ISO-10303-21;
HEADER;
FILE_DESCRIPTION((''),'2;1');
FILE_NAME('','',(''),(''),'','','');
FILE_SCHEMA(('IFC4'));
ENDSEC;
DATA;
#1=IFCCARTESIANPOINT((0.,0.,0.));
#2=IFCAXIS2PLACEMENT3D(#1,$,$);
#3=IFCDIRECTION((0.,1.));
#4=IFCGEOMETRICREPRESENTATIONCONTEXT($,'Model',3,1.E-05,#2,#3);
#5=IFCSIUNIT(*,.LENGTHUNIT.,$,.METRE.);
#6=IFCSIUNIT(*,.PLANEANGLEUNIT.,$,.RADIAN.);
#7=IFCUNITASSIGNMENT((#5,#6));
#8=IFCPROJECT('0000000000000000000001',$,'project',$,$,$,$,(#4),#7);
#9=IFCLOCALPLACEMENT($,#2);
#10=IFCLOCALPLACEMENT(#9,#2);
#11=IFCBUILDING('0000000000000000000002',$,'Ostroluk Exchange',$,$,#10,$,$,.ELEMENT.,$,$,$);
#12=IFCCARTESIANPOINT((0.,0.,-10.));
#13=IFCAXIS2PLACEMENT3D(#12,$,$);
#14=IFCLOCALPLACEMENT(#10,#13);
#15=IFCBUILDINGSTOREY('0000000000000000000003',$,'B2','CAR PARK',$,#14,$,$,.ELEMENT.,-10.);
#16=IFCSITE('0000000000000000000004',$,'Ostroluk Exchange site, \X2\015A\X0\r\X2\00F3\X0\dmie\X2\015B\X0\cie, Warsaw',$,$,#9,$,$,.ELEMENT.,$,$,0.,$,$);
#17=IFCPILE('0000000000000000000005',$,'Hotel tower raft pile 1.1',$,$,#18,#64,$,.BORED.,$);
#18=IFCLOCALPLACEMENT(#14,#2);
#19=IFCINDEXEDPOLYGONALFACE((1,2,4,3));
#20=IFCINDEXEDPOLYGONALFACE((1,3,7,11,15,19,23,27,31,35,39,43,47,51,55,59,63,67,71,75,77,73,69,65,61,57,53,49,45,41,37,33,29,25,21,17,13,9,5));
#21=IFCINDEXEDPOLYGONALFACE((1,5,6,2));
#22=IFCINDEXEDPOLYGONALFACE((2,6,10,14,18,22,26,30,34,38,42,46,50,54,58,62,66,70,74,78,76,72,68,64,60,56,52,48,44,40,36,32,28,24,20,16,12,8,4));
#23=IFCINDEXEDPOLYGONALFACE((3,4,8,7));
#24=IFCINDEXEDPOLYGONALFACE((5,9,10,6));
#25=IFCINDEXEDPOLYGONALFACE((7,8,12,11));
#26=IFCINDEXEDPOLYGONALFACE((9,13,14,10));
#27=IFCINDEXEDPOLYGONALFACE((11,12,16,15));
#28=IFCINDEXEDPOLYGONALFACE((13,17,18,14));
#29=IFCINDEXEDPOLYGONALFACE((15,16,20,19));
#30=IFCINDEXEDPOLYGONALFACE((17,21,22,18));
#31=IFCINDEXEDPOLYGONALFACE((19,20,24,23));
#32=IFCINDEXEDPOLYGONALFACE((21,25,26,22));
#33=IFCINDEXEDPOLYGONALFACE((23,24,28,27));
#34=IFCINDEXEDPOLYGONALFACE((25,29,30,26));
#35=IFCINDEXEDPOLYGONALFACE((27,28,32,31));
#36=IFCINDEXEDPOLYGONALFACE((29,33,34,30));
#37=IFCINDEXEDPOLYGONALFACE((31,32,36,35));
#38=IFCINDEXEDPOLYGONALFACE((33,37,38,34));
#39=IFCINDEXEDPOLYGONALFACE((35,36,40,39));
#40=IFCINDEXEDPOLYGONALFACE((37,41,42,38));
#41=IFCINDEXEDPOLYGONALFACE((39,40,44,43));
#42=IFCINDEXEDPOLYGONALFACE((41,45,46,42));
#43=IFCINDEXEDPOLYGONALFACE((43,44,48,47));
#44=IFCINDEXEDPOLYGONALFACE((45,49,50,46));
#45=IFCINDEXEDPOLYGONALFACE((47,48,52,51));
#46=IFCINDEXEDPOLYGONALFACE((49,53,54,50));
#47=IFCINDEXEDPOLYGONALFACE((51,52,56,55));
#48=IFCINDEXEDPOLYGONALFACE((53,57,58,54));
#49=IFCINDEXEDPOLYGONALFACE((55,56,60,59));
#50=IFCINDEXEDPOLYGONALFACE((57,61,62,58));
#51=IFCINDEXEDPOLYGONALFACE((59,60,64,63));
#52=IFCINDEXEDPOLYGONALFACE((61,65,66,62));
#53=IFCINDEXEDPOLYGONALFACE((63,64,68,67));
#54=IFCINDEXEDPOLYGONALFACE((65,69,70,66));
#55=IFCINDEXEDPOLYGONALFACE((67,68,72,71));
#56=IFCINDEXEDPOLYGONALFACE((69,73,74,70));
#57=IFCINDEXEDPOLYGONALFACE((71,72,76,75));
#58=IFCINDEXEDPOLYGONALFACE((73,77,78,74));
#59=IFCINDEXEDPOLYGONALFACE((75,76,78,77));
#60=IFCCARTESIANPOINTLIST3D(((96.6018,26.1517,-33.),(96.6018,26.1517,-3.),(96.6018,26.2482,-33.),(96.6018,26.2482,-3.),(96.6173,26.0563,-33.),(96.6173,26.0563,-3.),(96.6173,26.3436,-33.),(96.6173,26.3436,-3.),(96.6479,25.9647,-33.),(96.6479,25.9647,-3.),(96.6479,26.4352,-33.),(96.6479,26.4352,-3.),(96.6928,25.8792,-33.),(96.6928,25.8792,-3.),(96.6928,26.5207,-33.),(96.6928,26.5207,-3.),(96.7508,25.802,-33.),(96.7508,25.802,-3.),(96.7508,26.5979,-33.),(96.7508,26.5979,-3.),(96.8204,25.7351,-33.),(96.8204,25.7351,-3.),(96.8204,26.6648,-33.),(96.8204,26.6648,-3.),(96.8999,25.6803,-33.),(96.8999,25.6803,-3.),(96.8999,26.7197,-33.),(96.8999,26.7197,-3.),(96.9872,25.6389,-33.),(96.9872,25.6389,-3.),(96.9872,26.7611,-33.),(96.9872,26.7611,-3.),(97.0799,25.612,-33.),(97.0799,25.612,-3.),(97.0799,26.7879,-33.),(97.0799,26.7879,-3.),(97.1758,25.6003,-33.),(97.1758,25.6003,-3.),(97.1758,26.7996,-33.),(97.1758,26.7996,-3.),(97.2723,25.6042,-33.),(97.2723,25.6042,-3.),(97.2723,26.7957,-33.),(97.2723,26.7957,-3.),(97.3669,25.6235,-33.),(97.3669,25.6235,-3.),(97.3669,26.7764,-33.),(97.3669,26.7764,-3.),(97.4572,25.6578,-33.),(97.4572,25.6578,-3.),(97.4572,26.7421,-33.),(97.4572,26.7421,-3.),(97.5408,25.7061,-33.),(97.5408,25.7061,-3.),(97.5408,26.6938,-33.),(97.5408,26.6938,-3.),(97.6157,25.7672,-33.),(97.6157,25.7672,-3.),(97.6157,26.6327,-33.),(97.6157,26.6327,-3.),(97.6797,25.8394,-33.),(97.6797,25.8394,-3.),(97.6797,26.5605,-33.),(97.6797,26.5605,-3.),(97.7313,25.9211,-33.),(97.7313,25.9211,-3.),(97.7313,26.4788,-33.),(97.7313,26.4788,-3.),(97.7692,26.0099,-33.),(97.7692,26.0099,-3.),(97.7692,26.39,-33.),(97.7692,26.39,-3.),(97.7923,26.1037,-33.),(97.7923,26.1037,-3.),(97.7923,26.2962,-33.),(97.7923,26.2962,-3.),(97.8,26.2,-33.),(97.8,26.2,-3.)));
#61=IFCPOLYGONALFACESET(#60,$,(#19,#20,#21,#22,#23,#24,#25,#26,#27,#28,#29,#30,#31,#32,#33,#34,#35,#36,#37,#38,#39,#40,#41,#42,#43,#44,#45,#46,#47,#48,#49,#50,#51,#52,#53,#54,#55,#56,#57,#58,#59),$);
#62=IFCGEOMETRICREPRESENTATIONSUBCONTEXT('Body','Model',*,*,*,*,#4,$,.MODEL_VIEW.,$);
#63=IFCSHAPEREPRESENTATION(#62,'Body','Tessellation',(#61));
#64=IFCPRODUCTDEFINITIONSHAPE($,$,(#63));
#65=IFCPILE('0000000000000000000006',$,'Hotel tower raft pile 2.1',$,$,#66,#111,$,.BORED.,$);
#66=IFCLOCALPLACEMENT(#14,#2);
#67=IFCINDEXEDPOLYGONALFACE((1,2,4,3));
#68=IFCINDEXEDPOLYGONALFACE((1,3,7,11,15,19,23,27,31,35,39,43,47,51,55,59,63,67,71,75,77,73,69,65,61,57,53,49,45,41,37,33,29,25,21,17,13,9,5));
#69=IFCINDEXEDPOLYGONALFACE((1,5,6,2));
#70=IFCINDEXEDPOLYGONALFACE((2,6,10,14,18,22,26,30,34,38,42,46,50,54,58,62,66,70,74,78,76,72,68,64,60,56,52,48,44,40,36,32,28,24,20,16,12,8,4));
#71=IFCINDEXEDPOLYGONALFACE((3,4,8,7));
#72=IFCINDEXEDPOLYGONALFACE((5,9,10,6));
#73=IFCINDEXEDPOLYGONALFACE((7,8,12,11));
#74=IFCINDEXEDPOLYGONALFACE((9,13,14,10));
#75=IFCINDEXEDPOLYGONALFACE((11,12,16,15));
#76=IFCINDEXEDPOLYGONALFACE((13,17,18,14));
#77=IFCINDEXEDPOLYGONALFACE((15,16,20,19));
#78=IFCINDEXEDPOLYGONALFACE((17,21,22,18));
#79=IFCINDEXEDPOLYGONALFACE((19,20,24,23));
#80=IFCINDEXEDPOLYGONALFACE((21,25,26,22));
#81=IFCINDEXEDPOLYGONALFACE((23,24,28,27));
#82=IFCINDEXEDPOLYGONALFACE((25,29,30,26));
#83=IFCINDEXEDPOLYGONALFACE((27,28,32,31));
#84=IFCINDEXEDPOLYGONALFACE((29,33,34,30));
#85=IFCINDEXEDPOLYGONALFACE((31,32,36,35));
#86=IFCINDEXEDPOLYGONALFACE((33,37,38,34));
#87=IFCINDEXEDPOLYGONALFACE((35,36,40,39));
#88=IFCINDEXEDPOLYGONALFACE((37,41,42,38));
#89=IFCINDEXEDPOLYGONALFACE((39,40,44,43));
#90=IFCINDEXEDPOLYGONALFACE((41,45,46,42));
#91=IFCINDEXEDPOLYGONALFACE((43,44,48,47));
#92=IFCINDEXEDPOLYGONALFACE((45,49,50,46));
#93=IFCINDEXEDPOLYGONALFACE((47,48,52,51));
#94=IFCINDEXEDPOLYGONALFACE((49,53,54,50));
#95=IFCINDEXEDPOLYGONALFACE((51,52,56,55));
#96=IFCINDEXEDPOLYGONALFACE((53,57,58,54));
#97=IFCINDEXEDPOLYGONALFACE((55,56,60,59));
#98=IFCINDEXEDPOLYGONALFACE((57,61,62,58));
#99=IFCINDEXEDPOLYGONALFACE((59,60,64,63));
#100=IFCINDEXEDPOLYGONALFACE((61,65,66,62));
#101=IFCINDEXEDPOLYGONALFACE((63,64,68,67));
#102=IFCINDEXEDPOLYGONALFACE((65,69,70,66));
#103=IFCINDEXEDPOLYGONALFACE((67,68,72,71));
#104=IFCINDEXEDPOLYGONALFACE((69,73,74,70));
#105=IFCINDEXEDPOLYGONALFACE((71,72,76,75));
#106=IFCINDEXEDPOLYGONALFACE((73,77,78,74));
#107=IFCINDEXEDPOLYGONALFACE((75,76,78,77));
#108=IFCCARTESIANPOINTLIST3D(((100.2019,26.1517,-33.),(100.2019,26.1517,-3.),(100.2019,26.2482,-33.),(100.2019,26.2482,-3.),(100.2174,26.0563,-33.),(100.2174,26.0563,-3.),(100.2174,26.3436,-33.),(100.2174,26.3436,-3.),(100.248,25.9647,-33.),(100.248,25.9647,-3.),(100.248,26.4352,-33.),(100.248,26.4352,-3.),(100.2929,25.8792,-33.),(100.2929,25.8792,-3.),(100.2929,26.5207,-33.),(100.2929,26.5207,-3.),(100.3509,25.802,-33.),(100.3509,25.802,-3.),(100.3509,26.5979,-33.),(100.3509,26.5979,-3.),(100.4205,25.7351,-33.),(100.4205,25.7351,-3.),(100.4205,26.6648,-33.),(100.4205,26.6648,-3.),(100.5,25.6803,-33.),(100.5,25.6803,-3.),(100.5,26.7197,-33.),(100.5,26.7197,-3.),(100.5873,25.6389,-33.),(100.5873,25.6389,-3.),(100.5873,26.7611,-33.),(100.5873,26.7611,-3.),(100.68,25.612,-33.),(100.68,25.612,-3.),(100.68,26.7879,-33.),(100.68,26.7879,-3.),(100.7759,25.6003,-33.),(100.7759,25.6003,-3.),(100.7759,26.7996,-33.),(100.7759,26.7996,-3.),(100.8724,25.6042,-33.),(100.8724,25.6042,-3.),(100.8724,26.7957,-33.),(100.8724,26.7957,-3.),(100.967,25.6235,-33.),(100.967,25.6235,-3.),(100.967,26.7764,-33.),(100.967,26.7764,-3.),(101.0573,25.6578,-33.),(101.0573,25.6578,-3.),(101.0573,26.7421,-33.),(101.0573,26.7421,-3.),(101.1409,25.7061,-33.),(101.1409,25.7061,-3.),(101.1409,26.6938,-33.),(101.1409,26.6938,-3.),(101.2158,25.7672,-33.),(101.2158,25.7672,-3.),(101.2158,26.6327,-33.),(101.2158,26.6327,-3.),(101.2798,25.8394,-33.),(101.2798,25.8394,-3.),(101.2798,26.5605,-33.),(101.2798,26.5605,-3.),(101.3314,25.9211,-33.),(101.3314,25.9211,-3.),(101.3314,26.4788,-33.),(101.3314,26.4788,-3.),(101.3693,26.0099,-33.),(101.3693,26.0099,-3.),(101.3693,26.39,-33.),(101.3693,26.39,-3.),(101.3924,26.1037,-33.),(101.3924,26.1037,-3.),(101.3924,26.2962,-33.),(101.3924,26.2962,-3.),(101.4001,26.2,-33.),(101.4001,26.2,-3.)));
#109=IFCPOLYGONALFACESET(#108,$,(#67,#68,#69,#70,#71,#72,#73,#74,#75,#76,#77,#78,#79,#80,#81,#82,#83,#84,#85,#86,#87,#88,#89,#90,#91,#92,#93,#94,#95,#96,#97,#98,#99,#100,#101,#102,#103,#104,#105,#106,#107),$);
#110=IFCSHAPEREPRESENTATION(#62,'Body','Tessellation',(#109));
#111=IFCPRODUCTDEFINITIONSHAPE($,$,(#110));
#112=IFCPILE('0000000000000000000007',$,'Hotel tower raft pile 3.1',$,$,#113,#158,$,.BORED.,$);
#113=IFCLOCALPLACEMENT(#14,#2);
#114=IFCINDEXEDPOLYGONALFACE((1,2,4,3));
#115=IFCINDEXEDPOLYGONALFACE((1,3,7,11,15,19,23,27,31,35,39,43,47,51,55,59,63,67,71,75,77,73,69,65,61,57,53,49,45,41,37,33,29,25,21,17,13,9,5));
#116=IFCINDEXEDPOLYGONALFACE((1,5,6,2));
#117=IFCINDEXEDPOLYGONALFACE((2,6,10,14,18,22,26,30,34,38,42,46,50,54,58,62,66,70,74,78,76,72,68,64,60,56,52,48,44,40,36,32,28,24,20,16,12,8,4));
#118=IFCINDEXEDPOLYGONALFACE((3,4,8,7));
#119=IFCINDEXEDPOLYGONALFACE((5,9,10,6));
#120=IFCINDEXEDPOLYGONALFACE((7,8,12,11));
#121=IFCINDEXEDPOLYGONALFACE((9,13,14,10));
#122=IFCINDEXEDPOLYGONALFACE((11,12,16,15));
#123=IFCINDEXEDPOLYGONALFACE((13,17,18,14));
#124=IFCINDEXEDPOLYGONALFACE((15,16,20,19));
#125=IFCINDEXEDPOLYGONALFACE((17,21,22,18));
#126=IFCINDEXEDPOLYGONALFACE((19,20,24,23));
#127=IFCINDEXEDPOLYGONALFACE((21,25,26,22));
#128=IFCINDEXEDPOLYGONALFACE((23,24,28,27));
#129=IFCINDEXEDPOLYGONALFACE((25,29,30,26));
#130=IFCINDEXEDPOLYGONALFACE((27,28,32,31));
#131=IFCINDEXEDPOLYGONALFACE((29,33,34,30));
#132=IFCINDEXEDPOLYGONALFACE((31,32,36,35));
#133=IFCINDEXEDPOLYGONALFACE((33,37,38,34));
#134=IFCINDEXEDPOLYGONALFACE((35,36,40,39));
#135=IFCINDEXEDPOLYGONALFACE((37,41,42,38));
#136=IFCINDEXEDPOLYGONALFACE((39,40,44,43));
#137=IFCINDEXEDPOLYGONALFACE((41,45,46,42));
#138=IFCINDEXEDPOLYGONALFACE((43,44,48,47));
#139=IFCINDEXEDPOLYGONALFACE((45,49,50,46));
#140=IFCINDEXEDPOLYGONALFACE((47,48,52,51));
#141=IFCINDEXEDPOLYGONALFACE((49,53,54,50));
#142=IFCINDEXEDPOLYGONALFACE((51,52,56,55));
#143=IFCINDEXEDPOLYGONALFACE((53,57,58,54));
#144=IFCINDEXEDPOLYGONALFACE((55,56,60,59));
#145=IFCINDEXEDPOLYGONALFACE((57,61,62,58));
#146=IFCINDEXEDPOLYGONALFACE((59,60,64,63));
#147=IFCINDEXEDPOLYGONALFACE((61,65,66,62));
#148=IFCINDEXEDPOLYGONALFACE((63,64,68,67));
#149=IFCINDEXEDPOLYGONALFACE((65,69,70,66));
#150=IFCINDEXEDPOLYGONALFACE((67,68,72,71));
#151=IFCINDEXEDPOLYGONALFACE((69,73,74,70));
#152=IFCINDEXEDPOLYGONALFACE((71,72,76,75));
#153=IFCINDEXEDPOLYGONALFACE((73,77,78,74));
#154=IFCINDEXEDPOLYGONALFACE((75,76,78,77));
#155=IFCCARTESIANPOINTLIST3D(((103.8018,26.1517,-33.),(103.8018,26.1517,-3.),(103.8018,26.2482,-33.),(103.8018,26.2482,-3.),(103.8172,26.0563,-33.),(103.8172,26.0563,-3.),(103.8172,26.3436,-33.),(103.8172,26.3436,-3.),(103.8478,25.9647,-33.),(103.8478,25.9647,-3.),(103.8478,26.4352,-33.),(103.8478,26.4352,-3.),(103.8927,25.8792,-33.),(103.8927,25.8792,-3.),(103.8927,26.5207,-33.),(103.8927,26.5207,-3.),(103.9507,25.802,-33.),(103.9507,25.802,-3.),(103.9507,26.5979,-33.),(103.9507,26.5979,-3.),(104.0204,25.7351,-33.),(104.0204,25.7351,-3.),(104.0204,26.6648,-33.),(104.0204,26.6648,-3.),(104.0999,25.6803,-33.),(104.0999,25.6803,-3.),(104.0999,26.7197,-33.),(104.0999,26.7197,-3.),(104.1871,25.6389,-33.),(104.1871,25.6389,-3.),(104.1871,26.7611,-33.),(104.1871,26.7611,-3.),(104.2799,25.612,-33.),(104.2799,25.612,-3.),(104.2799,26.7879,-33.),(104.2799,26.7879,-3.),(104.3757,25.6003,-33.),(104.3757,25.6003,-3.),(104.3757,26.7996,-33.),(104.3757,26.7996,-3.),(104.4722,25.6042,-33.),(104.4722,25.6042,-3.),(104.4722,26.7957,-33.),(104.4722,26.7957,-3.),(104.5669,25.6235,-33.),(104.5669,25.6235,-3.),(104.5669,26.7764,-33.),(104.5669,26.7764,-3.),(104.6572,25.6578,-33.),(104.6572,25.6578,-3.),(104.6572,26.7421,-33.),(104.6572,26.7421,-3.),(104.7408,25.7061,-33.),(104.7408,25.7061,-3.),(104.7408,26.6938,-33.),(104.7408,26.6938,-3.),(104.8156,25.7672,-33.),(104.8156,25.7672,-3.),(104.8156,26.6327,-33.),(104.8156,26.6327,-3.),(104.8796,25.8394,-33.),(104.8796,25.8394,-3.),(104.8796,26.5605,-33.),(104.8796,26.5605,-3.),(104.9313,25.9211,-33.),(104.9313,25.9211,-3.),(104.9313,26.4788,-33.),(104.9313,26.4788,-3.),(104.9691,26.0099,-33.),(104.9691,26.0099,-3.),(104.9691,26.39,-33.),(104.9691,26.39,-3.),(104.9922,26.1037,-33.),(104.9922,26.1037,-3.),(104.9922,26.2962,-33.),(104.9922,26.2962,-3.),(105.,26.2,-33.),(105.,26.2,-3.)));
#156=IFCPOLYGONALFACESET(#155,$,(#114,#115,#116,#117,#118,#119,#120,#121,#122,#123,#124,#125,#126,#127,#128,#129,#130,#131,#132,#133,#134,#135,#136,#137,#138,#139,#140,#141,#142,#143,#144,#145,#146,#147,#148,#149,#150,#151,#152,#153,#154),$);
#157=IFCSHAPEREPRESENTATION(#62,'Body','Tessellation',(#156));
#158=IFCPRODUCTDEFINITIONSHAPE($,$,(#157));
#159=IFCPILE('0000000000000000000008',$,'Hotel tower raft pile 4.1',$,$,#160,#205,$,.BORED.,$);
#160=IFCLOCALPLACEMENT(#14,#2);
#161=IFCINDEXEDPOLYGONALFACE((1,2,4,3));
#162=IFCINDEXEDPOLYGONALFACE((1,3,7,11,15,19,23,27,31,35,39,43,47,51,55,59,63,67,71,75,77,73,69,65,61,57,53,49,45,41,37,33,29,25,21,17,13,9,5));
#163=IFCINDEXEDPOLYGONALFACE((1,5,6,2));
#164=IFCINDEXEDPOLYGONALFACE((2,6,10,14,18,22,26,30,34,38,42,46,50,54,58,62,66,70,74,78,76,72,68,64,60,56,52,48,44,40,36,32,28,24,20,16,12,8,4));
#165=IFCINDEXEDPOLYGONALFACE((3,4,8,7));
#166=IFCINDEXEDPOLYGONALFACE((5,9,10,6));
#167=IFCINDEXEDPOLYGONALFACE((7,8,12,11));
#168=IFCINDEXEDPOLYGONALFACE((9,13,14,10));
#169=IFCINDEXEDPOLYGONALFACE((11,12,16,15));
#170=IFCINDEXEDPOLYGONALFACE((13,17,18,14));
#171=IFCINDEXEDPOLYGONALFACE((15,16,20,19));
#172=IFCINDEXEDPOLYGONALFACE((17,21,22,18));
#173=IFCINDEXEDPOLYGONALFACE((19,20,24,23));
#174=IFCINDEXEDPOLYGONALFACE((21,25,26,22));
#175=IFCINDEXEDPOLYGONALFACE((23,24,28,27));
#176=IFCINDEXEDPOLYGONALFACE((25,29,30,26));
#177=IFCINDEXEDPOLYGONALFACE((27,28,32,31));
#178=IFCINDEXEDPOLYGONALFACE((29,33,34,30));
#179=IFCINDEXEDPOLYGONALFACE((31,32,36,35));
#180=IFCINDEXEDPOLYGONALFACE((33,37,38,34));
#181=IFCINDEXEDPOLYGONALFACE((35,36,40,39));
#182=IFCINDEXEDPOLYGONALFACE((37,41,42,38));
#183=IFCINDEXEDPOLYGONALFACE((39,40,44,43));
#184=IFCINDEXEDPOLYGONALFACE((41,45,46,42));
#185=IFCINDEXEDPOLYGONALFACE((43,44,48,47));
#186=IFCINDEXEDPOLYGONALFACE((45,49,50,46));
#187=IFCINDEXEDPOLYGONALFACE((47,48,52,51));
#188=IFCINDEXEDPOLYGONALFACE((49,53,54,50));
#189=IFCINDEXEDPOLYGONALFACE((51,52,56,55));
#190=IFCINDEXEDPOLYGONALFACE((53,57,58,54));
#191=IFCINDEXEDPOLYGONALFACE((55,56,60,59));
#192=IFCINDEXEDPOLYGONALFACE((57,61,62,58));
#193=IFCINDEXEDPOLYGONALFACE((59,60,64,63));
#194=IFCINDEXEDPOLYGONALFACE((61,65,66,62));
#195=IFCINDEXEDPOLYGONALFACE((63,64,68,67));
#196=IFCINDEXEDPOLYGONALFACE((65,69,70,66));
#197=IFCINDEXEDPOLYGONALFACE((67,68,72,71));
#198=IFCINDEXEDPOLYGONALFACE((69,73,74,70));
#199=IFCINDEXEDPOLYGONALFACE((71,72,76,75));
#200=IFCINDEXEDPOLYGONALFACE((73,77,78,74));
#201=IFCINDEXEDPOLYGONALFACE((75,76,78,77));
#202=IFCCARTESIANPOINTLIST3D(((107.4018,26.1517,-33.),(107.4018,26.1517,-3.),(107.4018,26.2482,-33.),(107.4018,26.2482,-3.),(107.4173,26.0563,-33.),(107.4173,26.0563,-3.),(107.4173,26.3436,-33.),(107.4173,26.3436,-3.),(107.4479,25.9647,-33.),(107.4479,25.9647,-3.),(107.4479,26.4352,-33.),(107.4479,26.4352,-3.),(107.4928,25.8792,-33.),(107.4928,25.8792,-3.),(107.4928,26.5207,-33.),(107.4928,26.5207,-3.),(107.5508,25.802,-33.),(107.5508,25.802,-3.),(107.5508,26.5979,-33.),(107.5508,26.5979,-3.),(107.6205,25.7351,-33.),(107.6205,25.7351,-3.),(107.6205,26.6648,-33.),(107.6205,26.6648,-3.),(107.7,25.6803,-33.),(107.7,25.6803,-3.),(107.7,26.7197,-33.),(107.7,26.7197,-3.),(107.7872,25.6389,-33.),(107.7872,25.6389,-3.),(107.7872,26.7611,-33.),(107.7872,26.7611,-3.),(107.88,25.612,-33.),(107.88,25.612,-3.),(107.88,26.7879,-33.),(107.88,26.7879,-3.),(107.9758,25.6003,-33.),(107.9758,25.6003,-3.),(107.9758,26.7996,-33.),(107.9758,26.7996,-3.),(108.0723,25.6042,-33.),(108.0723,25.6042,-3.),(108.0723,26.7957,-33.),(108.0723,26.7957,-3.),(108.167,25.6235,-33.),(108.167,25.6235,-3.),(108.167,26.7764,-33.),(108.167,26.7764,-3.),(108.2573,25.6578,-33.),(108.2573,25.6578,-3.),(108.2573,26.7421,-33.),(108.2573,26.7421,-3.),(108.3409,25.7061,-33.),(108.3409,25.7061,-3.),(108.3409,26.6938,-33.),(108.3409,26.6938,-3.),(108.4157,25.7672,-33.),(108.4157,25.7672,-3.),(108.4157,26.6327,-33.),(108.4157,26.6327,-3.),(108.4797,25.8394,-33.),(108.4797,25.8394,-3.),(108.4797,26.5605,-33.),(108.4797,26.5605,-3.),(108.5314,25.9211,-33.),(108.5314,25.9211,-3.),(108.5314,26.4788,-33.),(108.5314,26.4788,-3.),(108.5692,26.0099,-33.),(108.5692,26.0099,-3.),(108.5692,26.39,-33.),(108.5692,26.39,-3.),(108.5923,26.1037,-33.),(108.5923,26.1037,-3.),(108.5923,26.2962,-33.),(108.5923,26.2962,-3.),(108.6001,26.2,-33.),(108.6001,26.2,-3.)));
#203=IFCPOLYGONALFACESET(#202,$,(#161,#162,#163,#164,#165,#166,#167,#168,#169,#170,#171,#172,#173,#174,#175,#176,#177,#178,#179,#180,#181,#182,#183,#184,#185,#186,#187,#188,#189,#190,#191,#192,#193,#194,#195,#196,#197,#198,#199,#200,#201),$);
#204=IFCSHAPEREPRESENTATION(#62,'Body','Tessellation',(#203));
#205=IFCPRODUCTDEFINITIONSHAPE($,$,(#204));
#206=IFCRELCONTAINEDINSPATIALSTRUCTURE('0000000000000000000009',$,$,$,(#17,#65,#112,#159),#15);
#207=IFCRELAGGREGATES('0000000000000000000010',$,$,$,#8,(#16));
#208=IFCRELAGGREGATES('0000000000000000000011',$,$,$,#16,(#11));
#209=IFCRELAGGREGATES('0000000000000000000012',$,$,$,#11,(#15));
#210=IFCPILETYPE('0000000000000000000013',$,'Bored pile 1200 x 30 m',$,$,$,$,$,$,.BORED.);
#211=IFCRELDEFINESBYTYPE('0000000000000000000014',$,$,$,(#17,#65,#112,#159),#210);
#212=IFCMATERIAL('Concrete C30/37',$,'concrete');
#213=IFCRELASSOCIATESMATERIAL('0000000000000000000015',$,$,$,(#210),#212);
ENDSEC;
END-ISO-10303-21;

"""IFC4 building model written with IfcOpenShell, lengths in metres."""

from ifc_helpers import new_model, si_unit, direction, frame, origin, origin_2d, place, context, subcontext, project, spatial, circle, extrude, material, type_object, element, save


model = new_model("IFC4")

# Units and contexts
model_context = context("Model", 3, precision=1e-05, world=origin(), true_north=direction((0.0, 1.0)))
body_context = subcontext(model_context, "Body", "Model", "MODEL_VIEW")
ifc_project = project(units=[si_unit("LENGTHUNIT", "METRE"), si_unit("PLANEANGLEUNIT", "RADIAN")], contexts=[model_context])

# Site, building, storey
site_placement = place(None, origin())
site = spatial("IfcSite", under=ifc_project, at=site_placement, Name="Ostroluk Exchange site, Śródmieście, Warsaw", CompositionType="ELEMENT", RefElevation=0.0)
building_placement = place(site_placement, origin())
building = spatial("IfcBuilding", under=site, at=building_placement, Name="Ostroluk Exchange", CompositionType="ELEMENT")
storey_placement = place(building_placement, frame((0.0, 0.0, -10.0)))
storey = spatial("IfcBuildingStorey", under=building, at=storey_placement, Name="B2", Description="CAR PARK", CompositionType="ELEMENT", Elevation=-10.0)

# Piles
ifc_material_1 = material(Name="Concrete C30/37", Category="concrete")
pile_type_1 = type_object("IfcPileType", Name="Bored pile 1200 x 30 m", PredefinedType="BORED", material=ifc_material_1)
for number, where, z_axis, x_axis, name in (
    (1, (97.2, 26.2, -3.0), (0.0, 0.0, -1.0), (1.0, 0.0, 0.0), "Hotel tower raft pile 1.1"),
    (2, (100.8, 26.2, -3.0), (0.0, 0.0, -1.0), (1.0, 0.0, 0.0), "Hotel tower raft pile 2.1"),
    (3, (104.3999, 26.2, -3.0), (0.0, 0.0, -1.0), (1.0, 0.0, 0.0), "Hotel tower raft pile 3.1"),
    (4, (108.0, 26.2, -3.0), (0.0, 0.0, -1.0), (1.0, 0.0, 0.0), "Hotel tower raft pile 4.1"),
):
    element("IfcPile", number, at=place(storey_placement, frame(where, z_axis=z_axis, x_axis=x_axis)), inside=storey, type_object=pile_type_1, Name=name, PredefinedType="BORED", context=body_context, shape_type="SweptSolid", body=[
        extrude(circle(Radius=0.6001, at=origin_2d()), origin(), (0.0, 0.0, 1.0), 30.0),
    ])

save(model, "model.ifc")
